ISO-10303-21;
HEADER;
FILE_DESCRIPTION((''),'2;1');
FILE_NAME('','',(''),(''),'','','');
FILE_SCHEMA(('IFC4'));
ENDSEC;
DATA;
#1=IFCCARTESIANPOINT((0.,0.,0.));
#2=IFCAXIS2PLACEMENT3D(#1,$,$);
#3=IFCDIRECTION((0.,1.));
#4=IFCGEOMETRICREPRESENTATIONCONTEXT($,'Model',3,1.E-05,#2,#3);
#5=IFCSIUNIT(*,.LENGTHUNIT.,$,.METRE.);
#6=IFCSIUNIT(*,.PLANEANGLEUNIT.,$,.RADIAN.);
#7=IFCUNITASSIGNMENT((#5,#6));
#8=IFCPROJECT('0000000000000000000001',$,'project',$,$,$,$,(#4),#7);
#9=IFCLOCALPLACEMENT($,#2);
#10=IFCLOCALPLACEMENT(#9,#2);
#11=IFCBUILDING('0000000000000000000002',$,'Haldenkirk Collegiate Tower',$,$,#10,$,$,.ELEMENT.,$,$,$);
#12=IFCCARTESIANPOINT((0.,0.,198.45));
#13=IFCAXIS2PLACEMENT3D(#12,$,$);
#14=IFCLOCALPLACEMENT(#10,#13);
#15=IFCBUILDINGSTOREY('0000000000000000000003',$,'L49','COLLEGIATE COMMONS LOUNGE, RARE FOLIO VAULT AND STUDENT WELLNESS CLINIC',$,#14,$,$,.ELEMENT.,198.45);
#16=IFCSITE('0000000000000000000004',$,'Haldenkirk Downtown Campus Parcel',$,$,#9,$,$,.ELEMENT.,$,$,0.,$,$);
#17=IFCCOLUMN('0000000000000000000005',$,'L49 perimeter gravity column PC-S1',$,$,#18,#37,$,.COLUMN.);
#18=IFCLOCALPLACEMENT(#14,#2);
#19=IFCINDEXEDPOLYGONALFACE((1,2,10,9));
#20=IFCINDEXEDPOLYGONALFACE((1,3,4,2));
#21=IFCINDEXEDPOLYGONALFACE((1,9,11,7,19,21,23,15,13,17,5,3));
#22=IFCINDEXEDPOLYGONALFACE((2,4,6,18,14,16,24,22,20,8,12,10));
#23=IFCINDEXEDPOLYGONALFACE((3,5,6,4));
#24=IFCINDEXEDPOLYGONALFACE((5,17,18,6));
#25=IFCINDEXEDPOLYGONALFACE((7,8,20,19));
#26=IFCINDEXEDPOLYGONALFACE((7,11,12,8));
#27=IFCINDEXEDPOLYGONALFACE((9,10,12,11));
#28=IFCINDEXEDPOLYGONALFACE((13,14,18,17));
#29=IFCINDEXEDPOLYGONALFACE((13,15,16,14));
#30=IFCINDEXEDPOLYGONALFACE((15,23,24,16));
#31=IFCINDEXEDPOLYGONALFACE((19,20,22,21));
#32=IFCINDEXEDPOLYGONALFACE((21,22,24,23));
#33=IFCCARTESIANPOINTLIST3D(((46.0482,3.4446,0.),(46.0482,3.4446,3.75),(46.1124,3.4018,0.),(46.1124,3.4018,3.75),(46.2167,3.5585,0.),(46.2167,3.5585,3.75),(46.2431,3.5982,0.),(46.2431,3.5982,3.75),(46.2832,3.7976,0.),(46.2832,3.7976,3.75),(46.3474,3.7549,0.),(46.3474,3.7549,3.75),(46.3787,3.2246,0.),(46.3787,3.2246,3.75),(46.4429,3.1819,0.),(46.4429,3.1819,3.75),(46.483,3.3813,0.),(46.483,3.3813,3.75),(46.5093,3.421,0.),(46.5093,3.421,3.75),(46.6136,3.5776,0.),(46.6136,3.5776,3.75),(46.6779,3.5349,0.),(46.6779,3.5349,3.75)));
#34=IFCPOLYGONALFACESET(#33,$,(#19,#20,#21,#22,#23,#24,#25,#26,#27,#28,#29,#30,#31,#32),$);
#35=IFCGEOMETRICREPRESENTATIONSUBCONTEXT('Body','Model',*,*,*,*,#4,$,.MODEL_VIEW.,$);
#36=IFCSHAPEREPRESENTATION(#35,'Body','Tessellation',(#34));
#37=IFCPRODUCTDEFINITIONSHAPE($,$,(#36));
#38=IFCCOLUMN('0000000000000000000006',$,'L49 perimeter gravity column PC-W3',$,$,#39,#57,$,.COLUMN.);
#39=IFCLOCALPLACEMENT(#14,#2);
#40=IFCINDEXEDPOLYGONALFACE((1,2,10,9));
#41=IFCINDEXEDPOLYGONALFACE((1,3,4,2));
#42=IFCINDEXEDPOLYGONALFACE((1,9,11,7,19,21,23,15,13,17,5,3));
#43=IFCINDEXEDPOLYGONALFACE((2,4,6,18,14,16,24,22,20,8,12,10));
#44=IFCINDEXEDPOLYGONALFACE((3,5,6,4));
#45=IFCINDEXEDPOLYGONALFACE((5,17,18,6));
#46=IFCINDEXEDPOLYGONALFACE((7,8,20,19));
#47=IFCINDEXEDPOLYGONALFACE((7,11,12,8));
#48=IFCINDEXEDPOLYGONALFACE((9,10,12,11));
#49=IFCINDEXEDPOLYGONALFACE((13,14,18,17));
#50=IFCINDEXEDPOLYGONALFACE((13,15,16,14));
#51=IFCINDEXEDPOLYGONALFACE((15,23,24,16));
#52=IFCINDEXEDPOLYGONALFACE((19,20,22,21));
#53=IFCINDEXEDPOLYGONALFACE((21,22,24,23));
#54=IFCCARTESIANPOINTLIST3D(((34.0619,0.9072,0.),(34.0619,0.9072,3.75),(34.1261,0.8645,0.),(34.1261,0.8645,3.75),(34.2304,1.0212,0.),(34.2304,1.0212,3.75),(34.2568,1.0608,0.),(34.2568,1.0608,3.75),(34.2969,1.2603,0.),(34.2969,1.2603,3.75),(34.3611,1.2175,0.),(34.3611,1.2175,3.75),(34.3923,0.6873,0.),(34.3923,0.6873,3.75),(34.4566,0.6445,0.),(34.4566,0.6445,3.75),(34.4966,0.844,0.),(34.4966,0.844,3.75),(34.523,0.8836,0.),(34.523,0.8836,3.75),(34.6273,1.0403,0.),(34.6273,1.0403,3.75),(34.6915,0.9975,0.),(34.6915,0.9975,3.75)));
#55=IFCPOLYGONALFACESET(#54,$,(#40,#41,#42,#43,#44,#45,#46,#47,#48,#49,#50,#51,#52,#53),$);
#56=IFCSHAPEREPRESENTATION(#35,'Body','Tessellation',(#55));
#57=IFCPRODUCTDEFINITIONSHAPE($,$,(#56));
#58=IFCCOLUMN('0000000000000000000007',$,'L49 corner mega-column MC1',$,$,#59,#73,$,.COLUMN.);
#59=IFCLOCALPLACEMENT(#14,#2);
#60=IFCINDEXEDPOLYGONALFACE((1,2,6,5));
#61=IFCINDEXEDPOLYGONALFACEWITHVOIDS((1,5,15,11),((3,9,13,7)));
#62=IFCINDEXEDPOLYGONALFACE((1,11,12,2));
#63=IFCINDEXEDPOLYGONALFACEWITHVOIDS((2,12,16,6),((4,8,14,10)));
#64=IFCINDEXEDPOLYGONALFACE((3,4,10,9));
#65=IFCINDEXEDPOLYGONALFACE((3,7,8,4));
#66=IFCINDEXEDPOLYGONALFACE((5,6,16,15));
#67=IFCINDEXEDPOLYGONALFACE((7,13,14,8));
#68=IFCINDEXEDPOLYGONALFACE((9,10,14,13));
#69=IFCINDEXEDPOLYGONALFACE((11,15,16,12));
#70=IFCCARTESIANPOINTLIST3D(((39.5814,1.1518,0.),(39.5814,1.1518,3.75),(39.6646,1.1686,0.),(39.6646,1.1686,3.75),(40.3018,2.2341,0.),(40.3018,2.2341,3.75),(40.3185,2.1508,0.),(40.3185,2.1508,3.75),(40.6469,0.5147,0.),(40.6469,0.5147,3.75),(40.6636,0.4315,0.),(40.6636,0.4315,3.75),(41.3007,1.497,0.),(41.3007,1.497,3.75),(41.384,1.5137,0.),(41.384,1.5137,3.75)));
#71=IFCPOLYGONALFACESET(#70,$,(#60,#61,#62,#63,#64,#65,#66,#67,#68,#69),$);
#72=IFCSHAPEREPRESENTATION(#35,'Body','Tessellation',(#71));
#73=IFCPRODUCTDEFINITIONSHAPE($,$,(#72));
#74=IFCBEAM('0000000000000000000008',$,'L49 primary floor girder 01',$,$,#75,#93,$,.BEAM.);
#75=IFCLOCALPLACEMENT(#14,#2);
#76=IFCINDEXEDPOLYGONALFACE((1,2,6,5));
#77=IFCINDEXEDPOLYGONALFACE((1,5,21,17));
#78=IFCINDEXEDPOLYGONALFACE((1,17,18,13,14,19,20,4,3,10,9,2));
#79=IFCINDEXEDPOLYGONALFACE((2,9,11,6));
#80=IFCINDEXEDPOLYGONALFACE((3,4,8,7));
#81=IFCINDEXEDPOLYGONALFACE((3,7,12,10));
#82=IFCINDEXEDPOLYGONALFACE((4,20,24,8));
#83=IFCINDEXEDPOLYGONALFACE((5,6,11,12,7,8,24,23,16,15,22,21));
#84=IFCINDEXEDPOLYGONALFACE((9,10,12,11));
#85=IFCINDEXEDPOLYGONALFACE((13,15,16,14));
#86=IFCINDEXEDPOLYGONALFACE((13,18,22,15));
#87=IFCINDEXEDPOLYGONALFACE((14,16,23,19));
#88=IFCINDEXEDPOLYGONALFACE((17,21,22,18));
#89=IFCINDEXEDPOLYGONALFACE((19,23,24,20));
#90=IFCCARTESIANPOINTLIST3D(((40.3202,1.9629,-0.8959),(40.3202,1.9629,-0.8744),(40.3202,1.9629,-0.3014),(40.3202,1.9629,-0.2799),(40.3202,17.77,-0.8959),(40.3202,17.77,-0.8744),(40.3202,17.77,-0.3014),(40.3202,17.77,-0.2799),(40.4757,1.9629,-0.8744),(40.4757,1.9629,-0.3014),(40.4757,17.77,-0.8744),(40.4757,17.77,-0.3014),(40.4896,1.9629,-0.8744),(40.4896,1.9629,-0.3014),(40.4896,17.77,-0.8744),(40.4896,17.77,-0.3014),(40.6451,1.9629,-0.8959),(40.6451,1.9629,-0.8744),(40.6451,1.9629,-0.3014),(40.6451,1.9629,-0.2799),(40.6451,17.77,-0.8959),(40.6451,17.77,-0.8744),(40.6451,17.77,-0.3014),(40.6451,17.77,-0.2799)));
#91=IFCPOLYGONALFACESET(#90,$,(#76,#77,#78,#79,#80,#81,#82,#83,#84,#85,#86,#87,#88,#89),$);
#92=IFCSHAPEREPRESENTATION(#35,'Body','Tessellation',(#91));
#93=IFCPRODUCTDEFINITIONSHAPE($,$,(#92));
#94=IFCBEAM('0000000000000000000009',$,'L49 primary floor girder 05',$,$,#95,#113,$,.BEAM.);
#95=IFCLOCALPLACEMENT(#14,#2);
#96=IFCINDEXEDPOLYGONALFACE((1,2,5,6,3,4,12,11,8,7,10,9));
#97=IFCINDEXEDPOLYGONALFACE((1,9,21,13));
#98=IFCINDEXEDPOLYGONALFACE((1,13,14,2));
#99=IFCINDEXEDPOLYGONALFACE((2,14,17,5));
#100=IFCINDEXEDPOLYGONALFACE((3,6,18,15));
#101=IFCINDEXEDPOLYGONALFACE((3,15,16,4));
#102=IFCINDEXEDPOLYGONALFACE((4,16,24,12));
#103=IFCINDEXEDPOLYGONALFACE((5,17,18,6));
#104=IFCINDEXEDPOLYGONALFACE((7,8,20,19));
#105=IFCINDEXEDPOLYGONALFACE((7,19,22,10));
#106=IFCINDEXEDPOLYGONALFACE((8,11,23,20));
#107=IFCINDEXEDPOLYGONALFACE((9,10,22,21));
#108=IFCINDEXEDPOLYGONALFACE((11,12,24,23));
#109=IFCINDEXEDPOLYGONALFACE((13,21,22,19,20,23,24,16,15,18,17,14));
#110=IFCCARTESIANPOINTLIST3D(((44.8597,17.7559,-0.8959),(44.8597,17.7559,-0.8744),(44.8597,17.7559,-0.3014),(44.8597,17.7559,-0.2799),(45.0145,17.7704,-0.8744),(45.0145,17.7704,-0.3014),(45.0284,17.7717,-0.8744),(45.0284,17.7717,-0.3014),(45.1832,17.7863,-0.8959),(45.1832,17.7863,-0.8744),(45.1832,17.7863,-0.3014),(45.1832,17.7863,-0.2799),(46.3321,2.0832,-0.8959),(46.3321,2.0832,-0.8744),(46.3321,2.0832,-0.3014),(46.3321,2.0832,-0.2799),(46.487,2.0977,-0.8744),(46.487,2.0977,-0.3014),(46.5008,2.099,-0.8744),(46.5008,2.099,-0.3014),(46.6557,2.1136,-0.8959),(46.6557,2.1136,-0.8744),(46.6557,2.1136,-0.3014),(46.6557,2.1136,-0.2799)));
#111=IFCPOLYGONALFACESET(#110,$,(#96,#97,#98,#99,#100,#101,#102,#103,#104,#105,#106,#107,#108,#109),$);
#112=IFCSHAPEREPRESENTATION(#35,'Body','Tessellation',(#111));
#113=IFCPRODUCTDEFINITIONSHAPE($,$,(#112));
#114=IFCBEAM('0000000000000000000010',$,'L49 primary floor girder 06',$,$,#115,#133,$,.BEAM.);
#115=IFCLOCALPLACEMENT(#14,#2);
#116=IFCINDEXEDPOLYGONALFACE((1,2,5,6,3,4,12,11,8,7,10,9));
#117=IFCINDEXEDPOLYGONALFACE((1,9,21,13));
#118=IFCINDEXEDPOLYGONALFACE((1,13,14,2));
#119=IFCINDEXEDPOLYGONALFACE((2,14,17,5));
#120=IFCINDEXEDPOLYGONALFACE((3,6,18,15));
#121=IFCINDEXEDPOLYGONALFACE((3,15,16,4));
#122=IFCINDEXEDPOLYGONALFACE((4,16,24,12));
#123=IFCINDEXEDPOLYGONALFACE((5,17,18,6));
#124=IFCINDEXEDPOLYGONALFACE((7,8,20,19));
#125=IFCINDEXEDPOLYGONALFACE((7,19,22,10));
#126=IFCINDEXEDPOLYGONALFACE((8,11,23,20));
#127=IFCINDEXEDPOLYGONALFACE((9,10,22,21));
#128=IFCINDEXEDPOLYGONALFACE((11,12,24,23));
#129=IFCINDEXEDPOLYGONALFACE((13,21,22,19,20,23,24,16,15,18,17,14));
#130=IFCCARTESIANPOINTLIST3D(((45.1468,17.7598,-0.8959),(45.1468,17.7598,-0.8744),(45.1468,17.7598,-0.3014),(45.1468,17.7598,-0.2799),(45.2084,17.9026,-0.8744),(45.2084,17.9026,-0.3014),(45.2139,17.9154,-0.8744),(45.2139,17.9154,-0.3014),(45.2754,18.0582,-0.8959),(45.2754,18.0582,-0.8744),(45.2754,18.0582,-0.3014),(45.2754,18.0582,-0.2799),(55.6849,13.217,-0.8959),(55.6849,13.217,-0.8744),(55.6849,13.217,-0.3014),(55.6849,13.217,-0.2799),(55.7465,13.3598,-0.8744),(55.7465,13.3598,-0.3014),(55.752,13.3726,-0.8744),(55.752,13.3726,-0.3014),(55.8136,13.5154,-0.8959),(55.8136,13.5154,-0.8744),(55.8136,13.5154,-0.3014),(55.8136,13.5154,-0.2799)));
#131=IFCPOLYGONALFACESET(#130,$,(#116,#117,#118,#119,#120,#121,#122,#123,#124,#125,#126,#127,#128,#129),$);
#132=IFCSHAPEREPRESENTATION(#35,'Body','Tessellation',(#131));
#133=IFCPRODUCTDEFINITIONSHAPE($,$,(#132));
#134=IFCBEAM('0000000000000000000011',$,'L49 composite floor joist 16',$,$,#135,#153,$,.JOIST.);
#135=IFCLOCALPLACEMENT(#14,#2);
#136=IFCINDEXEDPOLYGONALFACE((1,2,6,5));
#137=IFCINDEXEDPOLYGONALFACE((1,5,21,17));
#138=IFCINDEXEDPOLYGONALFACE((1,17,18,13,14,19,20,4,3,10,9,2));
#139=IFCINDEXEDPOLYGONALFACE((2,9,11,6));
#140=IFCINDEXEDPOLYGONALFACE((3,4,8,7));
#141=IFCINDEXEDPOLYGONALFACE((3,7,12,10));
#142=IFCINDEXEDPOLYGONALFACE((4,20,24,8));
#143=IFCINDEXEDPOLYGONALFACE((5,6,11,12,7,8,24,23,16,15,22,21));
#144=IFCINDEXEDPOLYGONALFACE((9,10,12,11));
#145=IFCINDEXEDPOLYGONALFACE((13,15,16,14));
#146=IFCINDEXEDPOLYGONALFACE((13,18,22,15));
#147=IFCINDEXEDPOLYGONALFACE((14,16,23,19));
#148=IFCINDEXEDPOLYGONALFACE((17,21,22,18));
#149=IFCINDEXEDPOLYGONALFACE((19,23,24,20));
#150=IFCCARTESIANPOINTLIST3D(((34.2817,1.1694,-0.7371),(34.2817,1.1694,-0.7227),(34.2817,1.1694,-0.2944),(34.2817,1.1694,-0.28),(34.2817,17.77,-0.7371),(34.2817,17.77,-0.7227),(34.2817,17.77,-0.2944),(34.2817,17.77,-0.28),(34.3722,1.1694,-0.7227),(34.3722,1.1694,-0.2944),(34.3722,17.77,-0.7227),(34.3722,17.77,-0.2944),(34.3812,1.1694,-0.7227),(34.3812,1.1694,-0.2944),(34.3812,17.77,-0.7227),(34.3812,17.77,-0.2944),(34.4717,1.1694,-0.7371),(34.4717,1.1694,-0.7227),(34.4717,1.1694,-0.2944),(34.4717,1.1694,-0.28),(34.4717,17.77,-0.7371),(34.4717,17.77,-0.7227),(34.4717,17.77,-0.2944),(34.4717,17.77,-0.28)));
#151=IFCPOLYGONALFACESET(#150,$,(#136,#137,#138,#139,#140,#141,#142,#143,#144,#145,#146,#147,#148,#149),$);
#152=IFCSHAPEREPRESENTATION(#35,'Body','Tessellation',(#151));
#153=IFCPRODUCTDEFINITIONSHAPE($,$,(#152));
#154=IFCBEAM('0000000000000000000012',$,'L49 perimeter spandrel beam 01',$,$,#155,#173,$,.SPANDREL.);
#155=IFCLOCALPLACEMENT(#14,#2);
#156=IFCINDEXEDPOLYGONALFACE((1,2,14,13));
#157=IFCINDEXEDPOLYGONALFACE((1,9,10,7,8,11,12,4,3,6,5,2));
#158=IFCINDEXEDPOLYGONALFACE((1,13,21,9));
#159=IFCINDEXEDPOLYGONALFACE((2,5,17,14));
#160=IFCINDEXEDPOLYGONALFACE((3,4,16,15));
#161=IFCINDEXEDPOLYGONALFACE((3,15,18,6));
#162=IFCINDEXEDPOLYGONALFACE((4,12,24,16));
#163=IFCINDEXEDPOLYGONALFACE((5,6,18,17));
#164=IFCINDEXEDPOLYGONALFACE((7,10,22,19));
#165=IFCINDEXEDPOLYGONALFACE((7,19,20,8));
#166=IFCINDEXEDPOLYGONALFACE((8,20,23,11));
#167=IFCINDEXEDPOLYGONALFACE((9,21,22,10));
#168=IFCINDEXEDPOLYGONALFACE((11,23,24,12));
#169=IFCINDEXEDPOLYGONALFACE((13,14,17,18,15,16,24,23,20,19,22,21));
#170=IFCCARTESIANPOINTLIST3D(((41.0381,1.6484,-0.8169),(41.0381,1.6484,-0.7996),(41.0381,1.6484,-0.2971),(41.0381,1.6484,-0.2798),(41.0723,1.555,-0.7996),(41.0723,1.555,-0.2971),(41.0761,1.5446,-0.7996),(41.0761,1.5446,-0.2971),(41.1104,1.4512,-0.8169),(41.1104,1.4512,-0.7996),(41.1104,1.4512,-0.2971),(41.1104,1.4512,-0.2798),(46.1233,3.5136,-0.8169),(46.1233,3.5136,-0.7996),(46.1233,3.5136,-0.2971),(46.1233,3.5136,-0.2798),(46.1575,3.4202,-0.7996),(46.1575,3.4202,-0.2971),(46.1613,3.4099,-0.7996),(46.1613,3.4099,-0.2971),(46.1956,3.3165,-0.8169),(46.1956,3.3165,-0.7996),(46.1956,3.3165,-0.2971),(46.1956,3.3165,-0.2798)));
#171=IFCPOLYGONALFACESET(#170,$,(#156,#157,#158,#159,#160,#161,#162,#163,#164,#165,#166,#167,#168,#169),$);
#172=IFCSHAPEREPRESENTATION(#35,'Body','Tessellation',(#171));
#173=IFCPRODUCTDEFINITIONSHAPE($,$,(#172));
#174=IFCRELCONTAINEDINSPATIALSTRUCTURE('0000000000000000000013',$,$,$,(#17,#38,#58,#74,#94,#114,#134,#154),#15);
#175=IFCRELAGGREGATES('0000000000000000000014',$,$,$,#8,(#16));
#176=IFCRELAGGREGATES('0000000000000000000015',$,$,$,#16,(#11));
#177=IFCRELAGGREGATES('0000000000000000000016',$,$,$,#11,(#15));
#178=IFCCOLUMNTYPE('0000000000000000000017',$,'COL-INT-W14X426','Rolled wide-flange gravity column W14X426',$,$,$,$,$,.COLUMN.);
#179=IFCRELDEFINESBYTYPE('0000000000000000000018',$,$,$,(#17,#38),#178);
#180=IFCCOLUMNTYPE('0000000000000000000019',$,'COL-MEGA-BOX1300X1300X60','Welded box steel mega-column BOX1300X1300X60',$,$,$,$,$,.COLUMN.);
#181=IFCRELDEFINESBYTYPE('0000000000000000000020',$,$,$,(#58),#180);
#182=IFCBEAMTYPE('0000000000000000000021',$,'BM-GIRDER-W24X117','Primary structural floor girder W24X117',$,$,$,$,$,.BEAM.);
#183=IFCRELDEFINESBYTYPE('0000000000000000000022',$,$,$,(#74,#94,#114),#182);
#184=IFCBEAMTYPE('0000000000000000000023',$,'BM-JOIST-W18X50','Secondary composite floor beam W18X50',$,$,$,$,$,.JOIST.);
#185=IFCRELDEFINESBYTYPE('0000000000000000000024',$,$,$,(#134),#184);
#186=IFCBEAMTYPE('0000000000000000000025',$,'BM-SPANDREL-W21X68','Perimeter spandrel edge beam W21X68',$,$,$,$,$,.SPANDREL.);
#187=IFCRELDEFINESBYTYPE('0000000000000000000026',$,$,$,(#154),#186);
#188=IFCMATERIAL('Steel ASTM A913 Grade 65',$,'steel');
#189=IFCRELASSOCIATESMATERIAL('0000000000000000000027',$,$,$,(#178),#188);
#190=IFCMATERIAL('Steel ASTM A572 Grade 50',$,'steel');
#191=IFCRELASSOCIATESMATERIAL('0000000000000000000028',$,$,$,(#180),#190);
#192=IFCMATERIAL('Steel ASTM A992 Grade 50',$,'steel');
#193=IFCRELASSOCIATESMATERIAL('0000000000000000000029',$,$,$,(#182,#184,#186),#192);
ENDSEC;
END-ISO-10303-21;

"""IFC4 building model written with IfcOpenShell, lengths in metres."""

from ifc_helpers import new_model, si_unit, direction, frame, origin, origin_2d, place, context, subcontext, project, spatial, hollow_rectangle, i_section, extrude, material, material_profile, profile_set, type_object, element, save


model = new_model("IFC4")

# Units and contexts
model_context = context("Model", 3, precision=1e-05, world=origin(), true_north=direction((0.0, 1.0)))
body_context = subcontext(model_context, "Body", "Model", "MODEL_VIEW")
ifc_project = project(units=[si_unit("LENGTHUNIT", "METRE"), si_unit("PLANEANGLEUNIT", "RADIAN")], contexts=[model_context])

# Site, building, storey
site_placement = place(None, origin())
site = spatial("IfcSite", under=ifc_project, at=site_placement, Name="Haldenkirk Downtown Campus Parcel", CompositionType="ELEMENT", RefElevation=0.0)
building_placement = place(site_placement, origin())
building = spatial("IfcBuilding", under=site, at=building_placement, Name="Haldenkirk Collegiate Tower", CompositionType="ELEMENT")
storey_placement = place(building_placement, frame((0.0, 0.0, 198.45)))
storey = spatial("IfcBuildingStorey", under=building, at=storey_placement, Name="L49", Description="COLLEGIATE COMMONS LOUNGE, RARE FOLIO VAULT AND STUDENT WELLNESS CLINIC", CompositionType="ELEMENT", Elevation=198.45)

# Columns
ifc_material_1 = material(Name="Steel ASTM A913 Grade 65", Category="steel")
ifc_material_profile_1 = material_profile(ifc_material_1, i_section(OverallWidth=0.4241, OverallDepth=0.4741, WebThickness=0.0476, FlangeThickness=0.0771, at=origin_2d()), Name="W14X426")
ifc_profile_set_1 = profile_set([ifc_material_profile_1], Name="Steel ASTM A913 Grade 65")
column_type_1 = type_object("IfcColumnType", Name="COL-INT-W14X426", Description="Rolled wide-flange gravity column W14X426", PredefinedType="COLUMN", material=ifc_profile_set_1)
for number, where, z_axis, x_axis, name in (
    (1, (46.363, 3.4897, 0.0), (0.0, 0.0, 1.0), (0.554118, 0.832438, 0.0), "L49 perimeter gravity column PC-S1"),
    (2, (34.3767, 0.9524, 0.0), (0.0, 0.0, 1.0), (0.554118, 0.832438, 0.0), "L49 perimeter gravity column PC-W3"),
):
    element("IfcColumn", number, at=place(storey_placement, frame(where, z_axis=z_axis, x_axis=x_axis)), inside=storey, type_object=column_type_1, Name=name, PredefinedType="COLUMN", context=body_context, shape_type="SweptSolid", body=[
        extrude(i_section(OverallWidth=0.4241, OverallDepth=0.4741, WebThickness=0.0476, FlangeThickness=0.0771, at=origin_2d()), origin(), (0.0, 0.0, 1.0), 3.75),
    ])
ifc_material_2 = material(Name="Steel ASTM A572 Grade 50", Category="steel")
ifc_material_profile_2 = material_profile(ifc_material_2, hollow_rectangle(XDim=1.3, YDim=1.3, WallThickness=0.0601, at=origin_2d()), Name="BOX1300X1300X60")
ifc_profile_set_2 = profile_set([ifc_material_profile_2], Name="Steel ASTM A572 Grade 50")
column_type_2 = type_object("IfcColumnType", Name="COL-MEGA-BOX1300X1300X60", Description="Welded box steel mega-column BOX1300X1300X60", PredefinedType="COLUMN", material=ifc_profile_set_2)
column_placement = place(storey_placement, frame((40.4827, 1.3328, 0.0), z_axis=(0.0, 0.0, 1.0), x_axis=(0.554118, 0.832438, 0.0)))
element("IfcColumn", 3, at=column_placement, inside=storey, type_object=column_type_2, Name="L49 corner mega-column MC1", PredefinedType="COLUMN", context=body_context, shape_type="SweptSolid", body=[
    extrude(hollow_rectangle(XDim=1.3, YDim=1.3, WallThickness=0.0601, at=origin_2d()), origin(), (0.0, 0.0, 1.0), 3.75),
])

# Beams
ifc_material_3 = material(Name="Steel ASTM A992 Grade 50", Category="steel")
ifc_material_profile_3 = material_profile(ifc_material_3, i_section(OverallWidth=0.325, OverallDepth=0.616, WebThickness=0.0139, FlangeThickness=0.0215, at=origin_2d()), Name="W24X117")
ifc_profile_set_3 = profile_set([ifc_material_profile_3], Name="Steel ASTM A992 Grade 50")
beam_type_1 = type_object("IfcBeamType", Name="BM-GIRDER-W24X117", Description="Primary structural floor girder W24X117", PredefinedType="BEAM", material=ifc_profile_set_3)
beam_1_placement = place(storey_placement, frame((40.4827, 1.9629, -0.5879), z_axis=(0.0, 1.0, 0.0), x_axis=(-1.0, 0.0, 0.0)))
element("IfcBeam", 4, at=beam_1_placement, inside=storey, type_object=beam_type_1, Name="L49 primary floor girder 01", PredefinedType="BEAM", context=body_context, shape_type="SweptSolid", body=[
    extrude(i_section(OverallWidth=0.325, OverallDepth=0.616, WebThickness=0.0139, FlangeThickness=0.0215, at=origin_2d()), origin(), (0.0, 0.0, 1.0), 15.8071),
])
beam_2_placement = place(storey_placement, frame((46.4939, 2.0984, -0.5879), z_axis=(-0.093536, 0.995616, 0.0), x_axis=(-0.995616, -0.093536, 0.0)))
element("IfcBeam", 5, at=beam_2_placement, inside=storey, type_object=beam_type_1, Name="L49 primary floor girder 05", PredefinedType="BEAM", context=body_context, shape_type="SweptSolid", body=[
    extrude(i_section(OverallWidth=0.325, OverallDepth=0.616, WebThickness=0.0139, FlangeThickness=0.0215, at=origin_2d()), origin(), (0.0, 0.0, 1.0), 15.7417),
])
beam_3_placement = place(storey_placement, frame((55.7493, 13.3662, -0.5879), z_axis=(-0.91831, 0.395862, 0.0), x_axis=(-0.395862, -0.91831, 0.0)))
element("IfcBeam", 6, at=beam_3_placement, inside=storey, type_object=beam_type_1, Name="L49 primary floor girder 06", PredefinedType="BEAM", context=body_context, shape_type="SweptSolid", body=[
    extrude(i_section(OverallWidth=0.325, OverallDepth=0.616, WebThickness=0.0139, FlangeThickness=0.0215, at=origin_2d()), origin(), (0.0, 0.0, 1.0), 11.4756),
])
ifc_material_profile_4 = material_profile(ifc_material_3, i_section(OverallWidth=0.1899, OverallDepth=0.457, WebThickness=0.009, FlangeThickness=0.0144, at=origin_2d()), Name="W18X50")
ifc_profile_set_4 = profile_set([ifc_material_profile_4], Name="Steel ASTM A992 Grade 50")
beam_type_2 = type_object("IfcBeamType", Name="BM-JOIST-W18X50", Description="Secondary composite floor beam W18X50", PredefinedType="JOIST", material=ifc_profile_set_4)
beam_4_placement = place(storey_placement, frame((34.3767, 1.1694, -0.5085), z_axis=(0.0, 1.0, 0.0), x_axis=(-1.0, 0.0, 0.0)))
element("IfcBeam", 7, at=beam_4_placement, inside=storey, type_object=beam_type_2, Name="L49 composite floor joist 16", PredefinedType="JOIST", context=body_context, shape_type="SweptSolid", body=[
    extrude(i_section(OverallWidth=0.1899, OverallDepth=0.457, WebThickness=0.009, FlangeThickness=0.0144, at=origin_2d()), origin(), (0.0, 0.0, 1.0), 16.6006),
])
ifc_material_profile_5 = material_profile(ifc_material_3, i_section(OverallWidth=0.21, OverallDepth=0.5371, WebThickness=0.011, FlangeThickness=0.0173, at=origin_2d()), Name="W21X68")
ifc_profile_set_5 = profile_set([ifc_material_profile_5], Name="Steel ASTM A992 Grade 50")
beam_type_3 = type_object("IfcBeamType", Name="BM-SPANDREL-W21X68", Description="Perimeter spandrel edge beam W21X68", PredefinedType="SPANDREL", material=ifc_profile_set_5)
beam_5_placement = place(storey_placement, frame((41.0742, 1.5498, -0.5483), z_axis=(0.938837, 0.344362, 0.0), x_axis=(-0.344362, 0.938837, 0.0)))
element("IfcBeam", 8, at=beam_5_placement, inside=storey, type_object=beam_type_3, Name="L49 perimeter spandrel beam 01", PredefinedType="SPANDREL", context=body_context, shape_type="SweptSolid", body=[
    extrude(i_section(OverallWidth=0.21, OverallDepth=0.5371, WebThickness=0.011, FlangeThickness=0.0173, at=origin_2d()), origin(), (0.0, 0.0, 1.0), 5.4165),
])

save(model, "model.ifc")
